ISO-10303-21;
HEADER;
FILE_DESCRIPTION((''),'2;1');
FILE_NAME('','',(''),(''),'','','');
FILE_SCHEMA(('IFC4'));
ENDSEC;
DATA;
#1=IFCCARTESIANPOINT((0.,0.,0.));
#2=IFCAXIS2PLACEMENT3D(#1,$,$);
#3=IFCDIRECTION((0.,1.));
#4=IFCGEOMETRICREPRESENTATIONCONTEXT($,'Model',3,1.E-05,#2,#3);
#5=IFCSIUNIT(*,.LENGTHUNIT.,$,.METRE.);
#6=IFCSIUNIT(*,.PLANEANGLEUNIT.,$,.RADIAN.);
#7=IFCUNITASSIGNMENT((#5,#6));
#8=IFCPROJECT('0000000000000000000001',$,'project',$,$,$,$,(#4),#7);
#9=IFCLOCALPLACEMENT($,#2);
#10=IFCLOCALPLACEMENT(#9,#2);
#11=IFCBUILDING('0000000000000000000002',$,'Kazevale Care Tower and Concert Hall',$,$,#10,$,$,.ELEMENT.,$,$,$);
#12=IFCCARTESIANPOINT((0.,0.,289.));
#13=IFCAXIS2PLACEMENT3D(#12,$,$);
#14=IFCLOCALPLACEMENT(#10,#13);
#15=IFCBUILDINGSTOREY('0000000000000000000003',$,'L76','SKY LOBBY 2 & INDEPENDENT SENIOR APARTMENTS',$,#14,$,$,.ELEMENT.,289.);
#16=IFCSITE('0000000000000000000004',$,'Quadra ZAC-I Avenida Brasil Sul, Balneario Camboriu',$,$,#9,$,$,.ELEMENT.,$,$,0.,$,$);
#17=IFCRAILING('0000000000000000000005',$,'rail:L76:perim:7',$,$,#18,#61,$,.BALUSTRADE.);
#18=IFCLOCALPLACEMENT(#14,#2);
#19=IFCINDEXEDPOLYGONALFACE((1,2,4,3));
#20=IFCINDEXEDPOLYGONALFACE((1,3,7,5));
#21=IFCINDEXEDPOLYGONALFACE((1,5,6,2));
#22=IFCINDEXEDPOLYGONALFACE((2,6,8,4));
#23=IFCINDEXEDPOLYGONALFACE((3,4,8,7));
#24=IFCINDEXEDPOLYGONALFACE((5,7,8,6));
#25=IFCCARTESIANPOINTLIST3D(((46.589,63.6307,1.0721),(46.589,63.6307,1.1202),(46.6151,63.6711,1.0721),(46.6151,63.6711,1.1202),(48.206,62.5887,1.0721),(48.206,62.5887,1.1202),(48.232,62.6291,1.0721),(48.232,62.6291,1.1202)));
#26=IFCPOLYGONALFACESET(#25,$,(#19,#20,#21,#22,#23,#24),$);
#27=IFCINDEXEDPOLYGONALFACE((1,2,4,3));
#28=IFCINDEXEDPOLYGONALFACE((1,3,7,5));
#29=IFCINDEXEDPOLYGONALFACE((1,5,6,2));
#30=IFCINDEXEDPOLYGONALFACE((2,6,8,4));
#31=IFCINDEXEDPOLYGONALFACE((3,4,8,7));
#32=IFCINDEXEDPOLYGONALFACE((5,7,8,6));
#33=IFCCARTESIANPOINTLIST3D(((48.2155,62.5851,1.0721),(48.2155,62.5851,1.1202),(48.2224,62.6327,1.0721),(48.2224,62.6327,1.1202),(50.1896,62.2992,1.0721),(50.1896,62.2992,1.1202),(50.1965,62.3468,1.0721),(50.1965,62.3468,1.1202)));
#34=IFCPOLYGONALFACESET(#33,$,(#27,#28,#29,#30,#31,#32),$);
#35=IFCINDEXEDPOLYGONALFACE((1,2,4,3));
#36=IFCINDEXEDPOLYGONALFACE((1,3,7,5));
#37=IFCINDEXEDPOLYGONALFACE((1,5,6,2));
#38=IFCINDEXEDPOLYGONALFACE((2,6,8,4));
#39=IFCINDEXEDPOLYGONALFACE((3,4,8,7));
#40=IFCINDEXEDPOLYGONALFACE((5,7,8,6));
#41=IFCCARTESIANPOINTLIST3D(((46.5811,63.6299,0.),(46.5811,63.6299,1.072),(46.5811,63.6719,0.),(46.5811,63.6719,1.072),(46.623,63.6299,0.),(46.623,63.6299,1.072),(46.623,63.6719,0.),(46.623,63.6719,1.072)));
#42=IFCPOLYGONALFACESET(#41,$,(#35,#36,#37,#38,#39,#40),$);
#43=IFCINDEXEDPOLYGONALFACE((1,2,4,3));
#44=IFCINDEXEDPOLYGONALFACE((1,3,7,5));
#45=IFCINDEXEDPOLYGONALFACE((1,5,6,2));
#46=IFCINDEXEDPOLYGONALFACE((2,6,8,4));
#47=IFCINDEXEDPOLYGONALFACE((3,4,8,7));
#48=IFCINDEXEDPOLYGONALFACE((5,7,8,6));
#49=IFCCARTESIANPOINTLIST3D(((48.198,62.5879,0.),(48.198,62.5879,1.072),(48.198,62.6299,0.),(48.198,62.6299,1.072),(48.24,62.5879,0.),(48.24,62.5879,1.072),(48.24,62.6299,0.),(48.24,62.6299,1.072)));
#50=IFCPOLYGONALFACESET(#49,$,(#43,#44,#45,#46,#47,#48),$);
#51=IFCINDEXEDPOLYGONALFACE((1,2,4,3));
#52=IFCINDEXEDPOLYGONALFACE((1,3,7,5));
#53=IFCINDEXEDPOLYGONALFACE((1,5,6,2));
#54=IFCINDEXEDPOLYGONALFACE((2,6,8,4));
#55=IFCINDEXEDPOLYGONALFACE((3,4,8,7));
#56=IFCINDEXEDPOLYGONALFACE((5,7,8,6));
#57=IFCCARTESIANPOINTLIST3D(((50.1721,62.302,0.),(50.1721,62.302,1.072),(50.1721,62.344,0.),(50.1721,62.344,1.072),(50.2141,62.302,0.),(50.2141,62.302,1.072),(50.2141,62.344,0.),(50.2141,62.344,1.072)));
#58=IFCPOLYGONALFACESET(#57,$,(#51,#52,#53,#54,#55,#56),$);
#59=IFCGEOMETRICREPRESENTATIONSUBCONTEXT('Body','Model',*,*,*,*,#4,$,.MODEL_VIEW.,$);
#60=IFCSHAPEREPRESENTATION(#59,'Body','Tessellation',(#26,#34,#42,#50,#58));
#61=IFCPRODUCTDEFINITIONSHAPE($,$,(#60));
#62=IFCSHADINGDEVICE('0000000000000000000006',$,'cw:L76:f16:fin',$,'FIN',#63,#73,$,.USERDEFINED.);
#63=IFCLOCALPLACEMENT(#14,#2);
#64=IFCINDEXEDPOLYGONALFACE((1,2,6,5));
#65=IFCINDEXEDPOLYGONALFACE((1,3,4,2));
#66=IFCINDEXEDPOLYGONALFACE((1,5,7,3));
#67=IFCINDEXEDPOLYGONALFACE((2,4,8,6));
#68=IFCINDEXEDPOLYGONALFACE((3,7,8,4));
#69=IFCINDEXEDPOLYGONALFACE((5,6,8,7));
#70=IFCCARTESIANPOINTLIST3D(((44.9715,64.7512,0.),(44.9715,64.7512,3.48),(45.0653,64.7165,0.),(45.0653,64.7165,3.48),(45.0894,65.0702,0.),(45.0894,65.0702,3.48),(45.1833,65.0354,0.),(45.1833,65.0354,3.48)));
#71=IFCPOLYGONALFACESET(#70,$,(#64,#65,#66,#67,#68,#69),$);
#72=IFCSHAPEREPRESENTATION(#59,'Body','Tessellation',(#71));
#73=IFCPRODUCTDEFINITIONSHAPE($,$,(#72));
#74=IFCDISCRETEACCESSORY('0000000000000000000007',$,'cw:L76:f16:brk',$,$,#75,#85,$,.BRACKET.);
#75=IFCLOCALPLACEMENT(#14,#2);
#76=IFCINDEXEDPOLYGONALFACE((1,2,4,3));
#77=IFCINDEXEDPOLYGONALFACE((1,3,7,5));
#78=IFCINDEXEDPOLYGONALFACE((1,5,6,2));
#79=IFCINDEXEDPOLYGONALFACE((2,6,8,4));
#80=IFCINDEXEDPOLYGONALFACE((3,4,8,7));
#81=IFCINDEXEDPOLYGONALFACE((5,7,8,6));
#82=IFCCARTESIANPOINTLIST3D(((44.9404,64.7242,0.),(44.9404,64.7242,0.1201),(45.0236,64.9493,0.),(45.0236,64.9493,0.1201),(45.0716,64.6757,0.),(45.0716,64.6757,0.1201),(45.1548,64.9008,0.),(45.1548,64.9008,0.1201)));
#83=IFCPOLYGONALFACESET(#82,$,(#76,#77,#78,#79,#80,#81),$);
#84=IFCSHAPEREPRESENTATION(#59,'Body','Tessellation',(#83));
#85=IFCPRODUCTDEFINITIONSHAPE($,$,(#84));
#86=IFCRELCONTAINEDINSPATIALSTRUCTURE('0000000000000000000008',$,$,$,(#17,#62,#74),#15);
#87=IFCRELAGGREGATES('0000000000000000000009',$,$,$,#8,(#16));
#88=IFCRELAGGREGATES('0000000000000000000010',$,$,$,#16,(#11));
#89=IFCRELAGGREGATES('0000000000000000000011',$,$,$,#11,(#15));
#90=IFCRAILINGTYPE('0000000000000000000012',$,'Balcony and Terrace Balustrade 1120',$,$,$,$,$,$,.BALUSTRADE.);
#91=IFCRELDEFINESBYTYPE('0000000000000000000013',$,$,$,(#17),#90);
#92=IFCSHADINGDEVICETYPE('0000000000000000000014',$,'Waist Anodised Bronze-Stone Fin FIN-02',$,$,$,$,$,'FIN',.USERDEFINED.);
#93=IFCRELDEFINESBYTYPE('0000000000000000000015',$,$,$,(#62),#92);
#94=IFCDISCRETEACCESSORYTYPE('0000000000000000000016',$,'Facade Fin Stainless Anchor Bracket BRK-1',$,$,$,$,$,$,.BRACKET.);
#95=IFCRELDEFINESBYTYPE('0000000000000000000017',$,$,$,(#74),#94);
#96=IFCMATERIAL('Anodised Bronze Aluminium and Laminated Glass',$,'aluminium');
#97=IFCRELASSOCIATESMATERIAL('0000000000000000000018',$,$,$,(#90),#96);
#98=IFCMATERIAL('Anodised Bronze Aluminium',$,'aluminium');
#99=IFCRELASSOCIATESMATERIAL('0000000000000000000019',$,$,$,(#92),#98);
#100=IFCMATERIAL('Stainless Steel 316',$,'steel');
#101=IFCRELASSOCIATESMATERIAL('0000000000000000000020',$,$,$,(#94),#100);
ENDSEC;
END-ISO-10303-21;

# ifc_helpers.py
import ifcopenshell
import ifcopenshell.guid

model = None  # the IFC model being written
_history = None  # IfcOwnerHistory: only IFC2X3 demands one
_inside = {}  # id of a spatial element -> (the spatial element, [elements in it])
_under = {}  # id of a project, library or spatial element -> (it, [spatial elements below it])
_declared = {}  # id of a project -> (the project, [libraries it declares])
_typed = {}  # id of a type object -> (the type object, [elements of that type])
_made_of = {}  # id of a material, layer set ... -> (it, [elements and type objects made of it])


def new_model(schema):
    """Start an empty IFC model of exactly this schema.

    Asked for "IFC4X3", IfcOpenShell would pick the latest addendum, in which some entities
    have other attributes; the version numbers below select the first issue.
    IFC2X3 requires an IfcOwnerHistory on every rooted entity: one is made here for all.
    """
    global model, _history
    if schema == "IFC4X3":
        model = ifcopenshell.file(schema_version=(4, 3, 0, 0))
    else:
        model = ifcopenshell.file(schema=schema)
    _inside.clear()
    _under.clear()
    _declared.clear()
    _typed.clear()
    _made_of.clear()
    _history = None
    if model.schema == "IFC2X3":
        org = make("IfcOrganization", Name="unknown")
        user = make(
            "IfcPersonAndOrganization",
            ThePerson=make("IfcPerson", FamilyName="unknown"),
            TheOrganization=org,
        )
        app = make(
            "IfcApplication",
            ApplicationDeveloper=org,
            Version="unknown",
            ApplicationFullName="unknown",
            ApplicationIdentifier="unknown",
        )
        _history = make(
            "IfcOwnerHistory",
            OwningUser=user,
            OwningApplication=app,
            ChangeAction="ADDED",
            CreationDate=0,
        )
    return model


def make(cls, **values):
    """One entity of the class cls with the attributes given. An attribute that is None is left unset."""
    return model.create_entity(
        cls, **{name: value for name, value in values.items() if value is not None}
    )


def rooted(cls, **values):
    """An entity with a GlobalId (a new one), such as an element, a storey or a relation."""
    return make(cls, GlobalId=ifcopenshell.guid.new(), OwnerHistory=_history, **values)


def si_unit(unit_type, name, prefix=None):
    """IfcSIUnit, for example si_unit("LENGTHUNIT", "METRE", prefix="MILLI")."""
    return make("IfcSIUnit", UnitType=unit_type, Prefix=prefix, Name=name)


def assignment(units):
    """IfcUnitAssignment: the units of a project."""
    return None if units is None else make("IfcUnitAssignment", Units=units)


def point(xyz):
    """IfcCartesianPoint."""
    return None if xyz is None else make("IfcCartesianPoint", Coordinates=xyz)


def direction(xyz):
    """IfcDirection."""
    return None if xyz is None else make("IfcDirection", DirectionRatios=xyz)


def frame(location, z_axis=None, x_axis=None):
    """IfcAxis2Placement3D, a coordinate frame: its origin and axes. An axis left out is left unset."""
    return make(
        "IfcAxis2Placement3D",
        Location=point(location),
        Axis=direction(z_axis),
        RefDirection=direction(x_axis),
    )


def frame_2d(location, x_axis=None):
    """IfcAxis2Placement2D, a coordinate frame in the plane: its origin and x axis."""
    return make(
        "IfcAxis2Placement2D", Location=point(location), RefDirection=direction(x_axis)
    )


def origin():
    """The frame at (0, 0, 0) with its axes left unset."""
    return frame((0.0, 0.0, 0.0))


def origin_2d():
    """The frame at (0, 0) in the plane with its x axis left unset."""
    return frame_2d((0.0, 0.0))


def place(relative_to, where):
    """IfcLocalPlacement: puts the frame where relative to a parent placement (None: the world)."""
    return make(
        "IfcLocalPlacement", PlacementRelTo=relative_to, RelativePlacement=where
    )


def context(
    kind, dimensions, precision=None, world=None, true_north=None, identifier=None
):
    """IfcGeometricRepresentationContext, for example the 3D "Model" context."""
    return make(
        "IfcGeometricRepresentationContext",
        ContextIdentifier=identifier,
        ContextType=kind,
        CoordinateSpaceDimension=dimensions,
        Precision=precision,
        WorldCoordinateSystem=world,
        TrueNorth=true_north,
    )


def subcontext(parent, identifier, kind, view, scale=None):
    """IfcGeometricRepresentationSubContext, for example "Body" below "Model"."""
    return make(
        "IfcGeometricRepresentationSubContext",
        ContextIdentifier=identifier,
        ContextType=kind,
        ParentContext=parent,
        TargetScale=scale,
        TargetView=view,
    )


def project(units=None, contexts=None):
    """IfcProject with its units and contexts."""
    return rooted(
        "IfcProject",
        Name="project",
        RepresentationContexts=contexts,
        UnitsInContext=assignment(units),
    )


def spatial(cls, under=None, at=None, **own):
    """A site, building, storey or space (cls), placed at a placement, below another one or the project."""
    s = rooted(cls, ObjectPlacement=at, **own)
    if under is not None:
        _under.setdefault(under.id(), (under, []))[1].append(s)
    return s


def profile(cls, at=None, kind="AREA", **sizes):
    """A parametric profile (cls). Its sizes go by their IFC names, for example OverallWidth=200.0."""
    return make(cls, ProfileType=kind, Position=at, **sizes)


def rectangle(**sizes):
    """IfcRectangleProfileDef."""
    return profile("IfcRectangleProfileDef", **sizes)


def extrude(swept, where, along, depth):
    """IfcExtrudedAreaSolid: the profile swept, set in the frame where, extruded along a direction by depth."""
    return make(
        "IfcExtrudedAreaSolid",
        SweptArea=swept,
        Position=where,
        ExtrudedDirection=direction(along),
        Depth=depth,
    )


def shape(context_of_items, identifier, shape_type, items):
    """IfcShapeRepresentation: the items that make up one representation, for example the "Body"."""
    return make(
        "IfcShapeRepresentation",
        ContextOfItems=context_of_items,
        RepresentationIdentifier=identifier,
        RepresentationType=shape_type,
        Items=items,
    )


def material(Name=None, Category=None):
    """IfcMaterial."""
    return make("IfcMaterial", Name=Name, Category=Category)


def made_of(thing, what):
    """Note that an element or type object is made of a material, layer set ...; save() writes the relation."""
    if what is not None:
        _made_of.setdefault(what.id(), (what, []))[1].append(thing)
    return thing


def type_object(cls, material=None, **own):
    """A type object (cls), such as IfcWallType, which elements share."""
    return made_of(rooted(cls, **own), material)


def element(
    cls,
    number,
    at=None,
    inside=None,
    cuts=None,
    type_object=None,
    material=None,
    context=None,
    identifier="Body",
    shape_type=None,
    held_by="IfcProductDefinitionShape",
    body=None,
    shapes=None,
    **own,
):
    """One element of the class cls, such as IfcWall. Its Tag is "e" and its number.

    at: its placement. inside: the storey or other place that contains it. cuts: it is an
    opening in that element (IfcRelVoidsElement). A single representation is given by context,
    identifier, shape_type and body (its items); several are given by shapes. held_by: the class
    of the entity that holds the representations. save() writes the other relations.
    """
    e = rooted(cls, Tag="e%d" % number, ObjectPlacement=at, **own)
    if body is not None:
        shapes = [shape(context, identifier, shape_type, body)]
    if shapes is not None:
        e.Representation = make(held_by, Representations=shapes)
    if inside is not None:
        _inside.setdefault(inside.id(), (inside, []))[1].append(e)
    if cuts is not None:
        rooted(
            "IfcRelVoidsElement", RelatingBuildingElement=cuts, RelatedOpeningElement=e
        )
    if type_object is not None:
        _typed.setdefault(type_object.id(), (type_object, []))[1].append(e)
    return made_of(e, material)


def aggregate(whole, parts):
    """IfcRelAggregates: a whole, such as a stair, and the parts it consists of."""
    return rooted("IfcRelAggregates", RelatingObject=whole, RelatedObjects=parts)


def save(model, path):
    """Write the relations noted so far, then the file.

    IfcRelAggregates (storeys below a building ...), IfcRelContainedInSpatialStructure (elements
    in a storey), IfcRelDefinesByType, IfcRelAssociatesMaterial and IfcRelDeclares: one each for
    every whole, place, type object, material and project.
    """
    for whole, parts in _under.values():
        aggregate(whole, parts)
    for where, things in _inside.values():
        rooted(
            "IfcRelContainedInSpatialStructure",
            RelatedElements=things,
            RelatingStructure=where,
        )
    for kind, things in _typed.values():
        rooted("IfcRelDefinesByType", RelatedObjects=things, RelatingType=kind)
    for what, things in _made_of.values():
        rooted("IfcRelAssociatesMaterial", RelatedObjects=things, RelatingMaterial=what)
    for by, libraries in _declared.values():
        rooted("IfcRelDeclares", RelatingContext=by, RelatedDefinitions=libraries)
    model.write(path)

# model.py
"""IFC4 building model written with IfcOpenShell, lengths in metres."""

from ifc_helpers import new_model, si_unit, direction, frame, origin, origin_2d, place, context, subcontext, project, spatial, rectangle, extrude, material, type_object, element, save


model = new_model("IFC4")

# Units and contexts
model_context = context("Model", 3, precision=1e-05, world=origin(), true_north=direction((0.0, 1.0)))
body_context = subcontext(model_context, "Body", "Model", "MODEL_VIEW")
ifc_project = project(units=[si_unit("LENGTHUNIT", "METRE"), si_unit("PLANEANGLEUNIT", "RADIAN")], contexts=[model_context])

# Site, building, storey
site_placement = place(None, origin())
site = spatial("IfcSite", under=ifc_project, at=site_placement, Name="Quadra ZAC-I Avenida Brasil Sul, Balneario Camboriu", CompositionType="ELEMENT", RefElevation=0.0)
building_placement = place(site_placement, origin())
building = spatial("IfcBuilding", under=site, at=building_placement, Name="Kazevale Care Tower and Concert Hall", CompositionType="ELEMENT")
storey_placement = place(building_placement, frame((0.0, 0.0, 289.0)))
storey = spatial("IfcBuildingStorey", under=building, at=storey_placement, Name="L76", Description="SKY LOBBY 2 & INDEPENDENT SENIOR APARTMENTS", CompositionType="ELEMENT", Elevation=289.0)

# Railing
ifc_material_1 = material(Name="Anodised Bronze Aluminium and Laminated Glass", Category="aluminium")
railing_type = type_object("IfcRailingType", Name="Balcony and Terrace Balustrade 1120", PredefinedType="BALUSTRADE", material=ifc_material_1)
railing_1_placement = place(storey_placement, frame((46.6021, 63.6509, 0.0)))
element("IfcRailing", 1, at=railing_1_placement, inside=storey, type_object=railing_type, Name="rail:L76:perim:7", PredefinedType="BALUSTRADE", context=body_context, shape_type="SweptSolid", body=[
    extrude(rectangle(XDim=0.0481, YDim=0.0481, at=origin_2d()), frame((0.0, 0.0, 1.0962), z_axis=(0.84058, -0.541687, 0.0), x_axis=(0.541687, 0.84058, 0.0)), (0.0, 0.0, 1.0), 1.9236),
    extrude(rectangle(XDim=0.0481, YDim=0.0481, at=origin_2d()), frame((1.6169, -1.042, 1.0962), z_axis=(0.989676, -0.143323, 0.0), x_axis=(0.143323, 0.989676, 0.0)), (0.0, 0.0, 1.0), 1.9946),
    extrude(rectangle(XDim=0.042, YDim=0.042, at=origin_2d()), origin(), (0.0, 0.0, 1.0), 1.072),
    extrude(rectangle(XDim=0.042, YDim=0.042, at=origin_2d()), frame((1.6169, -1.042, 0.0)), (0.0, 0.0, 1.0), 1.072),
    extrude(rectangle(XDim=0.042, YDim=0.042, at=origin_2d()), frame((3.5911, -1.3279, 0.0)), (0.0, 0.0, 1.0), 1.072),
])

# Shading device
ifc_material_2 = material(Name="Anodised Bronze Aluminium", Category="aluminium")
shading_device_type = type_object("IfcShadingDeviceType", Name="Waist Anodised Bronze-Stone Fin FIN-02", ElementType="FIN", PredefinedType="USERDEFINED", material=ifc_material_2)
shading_device_placement = place(storey_placement, frame((45.0774, 64.8933, 0.0), z_axis=(0.0, 0.0, 1.0), x_axis=(0.346936, 0.937889, 0.0)))
element("IfcShadingDevice", 2, at=shading_device_placement, inside=storey, type_object=shading_device_type, Name="cw:L76:f16:fin", ObjectType="FIN", PredefinedType="USERDEFINED", context=body_context, shape_type="SweptSolid", body=[
    extrude(rectangle(XDim=0.3401, YDim=0.1001, at=origin_2d()), origin(), (0.0, 0.0, 1.0), 3.48),
])

# Discrete accessory
ifc_material_3 = material(Name="Stainless Steel 316", Category="steel")
discrete_accessory_type = type_object("IfcDiscreteAccessoryType", Name="Facade Fin Stainless Anchor Bracket BRK-1", PredefinedType="BRACKET", material=ifc_material_3)
discrete_accessory_placement = place(storey_placement, frame((45.0476, 64.8125, 0.0), z_axis=(0.0, 0.0, 1.0), x_axis=(0.346936, 0.937889, 0.0)))
element("IfcDiscreteAccessory", 3, at=discrete_accessory_placement, inside=storey, type_object=discrete_accessory_type, Name="cw:L76:f16:brk", PredefinedType="BRACKET", context=body_context, shape_type="SweptSolid", body=[
    extrude(rectangle(XDim=0.24, YDim=0.1399, at=origin_2d()), origin(), (0.0, 0.0, 1.0), 0.1201),
])

save(model, "model.ifc")
